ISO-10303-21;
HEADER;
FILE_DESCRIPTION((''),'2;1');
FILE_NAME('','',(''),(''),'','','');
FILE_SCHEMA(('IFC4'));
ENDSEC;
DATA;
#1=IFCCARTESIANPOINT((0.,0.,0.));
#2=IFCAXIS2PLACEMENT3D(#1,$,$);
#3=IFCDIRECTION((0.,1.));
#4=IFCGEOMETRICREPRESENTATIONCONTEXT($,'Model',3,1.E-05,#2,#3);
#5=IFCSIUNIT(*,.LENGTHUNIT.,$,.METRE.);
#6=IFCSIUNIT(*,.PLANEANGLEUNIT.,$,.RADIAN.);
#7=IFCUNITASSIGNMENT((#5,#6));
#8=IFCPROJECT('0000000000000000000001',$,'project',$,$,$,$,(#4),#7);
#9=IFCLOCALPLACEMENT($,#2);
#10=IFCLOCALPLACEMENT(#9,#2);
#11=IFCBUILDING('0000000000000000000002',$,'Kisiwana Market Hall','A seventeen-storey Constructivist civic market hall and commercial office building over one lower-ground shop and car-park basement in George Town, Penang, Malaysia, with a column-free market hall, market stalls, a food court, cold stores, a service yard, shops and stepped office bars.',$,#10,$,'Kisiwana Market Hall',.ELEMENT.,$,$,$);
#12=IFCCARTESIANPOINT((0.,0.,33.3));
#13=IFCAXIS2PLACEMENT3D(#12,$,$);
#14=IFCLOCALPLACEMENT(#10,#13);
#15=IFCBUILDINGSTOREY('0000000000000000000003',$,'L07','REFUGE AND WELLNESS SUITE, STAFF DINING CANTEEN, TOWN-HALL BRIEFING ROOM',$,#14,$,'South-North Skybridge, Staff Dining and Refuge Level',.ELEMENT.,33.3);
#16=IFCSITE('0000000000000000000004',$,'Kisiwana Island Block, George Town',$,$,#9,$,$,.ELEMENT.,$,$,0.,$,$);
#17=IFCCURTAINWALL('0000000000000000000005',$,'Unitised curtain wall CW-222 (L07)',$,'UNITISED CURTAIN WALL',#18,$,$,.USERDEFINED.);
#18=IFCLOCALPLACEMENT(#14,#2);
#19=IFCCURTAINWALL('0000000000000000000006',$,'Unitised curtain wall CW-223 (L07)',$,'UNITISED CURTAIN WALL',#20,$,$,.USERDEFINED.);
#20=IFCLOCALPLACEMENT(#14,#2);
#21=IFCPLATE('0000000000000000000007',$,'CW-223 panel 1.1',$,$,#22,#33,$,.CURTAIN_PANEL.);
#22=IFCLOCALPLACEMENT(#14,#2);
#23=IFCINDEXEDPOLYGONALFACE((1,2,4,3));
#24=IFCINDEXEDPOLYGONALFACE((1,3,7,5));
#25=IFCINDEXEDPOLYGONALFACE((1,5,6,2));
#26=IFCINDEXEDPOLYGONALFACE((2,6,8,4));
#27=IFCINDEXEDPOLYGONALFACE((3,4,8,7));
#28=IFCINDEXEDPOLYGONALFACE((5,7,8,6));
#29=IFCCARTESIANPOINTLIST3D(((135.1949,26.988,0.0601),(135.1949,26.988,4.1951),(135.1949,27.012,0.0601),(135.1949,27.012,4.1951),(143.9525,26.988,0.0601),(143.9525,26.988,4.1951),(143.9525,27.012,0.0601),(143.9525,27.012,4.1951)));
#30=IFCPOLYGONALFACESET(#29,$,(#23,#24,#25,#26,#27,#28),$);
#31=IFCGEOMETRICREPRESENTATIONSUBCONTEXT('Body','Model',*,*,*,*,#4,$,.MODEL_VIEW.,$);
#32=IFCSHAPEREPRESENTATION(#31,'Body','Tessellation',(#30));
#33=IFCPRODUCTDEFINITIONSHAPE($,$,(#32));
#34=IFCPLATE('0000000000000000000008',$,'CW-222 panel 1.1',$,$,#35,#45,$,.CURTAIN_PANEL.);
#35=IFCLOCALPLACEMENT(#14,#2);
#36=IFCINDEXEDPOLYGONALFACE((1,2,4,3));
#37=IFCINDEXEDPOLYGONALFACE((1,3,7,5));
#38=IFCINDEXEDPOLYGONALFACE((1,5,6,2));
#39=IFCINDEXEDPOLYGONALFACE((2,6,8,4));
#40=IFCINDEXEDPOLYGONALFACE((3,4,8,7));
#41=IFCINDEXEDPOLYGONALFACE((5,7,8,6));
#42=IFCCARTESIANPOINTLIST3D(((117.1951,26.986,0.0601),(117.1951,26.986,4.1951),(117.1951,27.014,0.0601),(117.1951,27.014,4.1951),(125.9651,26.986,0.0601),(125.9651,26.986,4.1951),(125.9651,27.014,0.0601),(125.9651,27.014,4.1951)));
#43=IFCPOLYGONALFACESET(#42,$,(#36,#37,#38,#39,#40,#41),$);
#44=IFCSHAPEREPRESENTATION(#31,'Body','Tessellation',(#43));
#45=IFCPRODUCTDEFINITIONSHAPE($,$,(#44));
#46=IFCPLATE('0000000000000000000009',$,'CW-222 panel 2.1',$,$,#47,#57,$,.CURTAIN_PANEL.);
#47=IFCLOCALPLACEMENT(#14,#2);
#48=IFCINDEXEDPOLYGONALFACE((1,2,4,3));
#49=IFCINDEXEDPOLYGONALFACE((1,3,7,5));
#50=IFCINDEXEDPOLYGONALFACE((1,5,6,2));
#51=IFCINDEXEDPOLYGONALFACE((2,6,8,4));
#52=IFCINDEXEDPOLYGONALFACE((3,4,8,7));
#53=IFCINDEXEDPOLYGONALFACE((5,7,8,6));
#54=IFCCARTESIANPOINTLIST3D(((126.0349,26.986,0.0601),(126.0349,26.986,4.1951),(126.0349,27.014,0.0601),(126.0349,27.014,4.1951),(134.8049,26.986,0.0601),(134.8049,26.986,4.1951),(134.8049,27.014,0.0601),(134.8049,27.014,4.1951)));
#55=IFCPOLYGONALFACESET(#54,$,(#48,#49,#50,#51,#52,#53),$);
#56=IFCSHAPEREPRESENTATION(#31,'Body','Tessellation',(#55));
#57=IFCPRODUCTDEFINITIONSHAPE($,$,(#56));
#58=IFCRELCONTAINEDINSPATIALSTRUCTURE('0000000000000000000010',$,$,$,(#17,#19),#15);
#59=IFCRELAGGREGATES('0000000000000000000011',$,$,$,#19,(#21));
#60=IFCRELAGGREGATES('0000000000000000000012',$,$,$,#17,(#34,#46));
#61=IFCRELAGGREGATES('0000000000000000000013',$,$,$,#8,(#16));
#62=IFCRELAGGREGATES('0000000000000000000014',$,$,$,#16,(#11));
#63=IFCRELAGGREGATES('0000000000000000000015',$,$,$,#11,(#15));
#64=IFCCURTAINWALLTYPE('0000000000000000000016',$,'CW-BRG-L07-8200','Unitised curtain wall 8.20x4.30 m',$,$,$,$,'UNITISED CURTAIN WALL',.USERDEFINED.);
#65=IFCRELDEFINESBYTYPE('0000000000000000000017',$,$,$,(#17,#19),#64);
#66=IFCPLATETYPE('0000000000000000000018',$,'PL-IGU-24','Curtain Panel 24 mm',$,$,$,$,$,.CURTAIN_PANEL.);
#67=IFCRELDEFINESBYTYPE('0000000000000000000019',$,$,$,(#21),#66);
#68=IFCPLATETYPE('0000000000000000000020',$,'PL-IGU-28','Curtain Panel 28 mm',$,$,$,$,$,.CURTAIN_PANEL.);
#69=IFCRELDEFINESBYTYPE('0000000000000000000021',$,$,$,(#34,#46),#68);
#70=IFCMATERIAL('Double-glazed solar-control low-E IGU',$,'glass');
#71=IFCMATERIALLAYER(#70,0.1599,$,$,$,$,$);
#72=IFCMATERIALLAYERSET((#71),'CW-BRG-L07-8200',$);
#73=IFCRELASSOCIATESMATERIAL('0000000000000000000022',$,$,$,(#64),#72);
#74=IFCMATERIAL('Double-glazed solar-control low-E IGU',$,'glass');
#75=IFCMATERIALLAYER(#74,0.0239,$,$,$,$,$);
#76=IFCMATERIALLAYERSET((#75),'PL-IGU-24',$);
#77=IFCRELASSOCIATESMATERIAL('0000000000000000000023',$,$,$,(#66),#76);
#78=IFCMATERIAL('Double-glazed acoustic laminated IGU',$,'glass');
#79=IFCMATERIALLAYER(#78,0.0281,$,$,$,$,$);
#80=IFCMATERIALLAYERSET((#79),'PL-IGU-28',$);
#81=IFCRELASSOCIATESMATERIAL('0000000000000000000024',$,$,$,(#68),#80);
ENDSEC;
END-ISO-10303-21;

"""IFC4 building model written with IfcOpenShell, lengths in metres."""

from ifc_helpers import new_model, si_unit, direction, frame, origin, origin_2d, place, context, subcontext, project, spatial, rectangle, extrude, material, layer, layer_set, type_object, element, aggregate, save


model = new_model("IFC4")

# Units and contexts
model_context = context("Model", 3, precision=1e-05, world=origin(), true_north=direction((0.0, 1.0)))
body_context = subcontext(model_context, "Body", "Model", "MODEL_VIEW")
ifc_project = project(units=[si_unit("LENGTHUNIT", "METRE"), si_unit("PLANEANGLEUNIT", "RADIAN")], contexts=[model_context])

# Site, building, storey
site_placement = place(None, origin())
site = spatial("IfcSite", under=ifc_project, at=site_placement, Name="Kisiwana Island Block, George Town", CompositionType="ELEMENT", RefElevation=0.0)
building_placement = place(site_placement, origin())
building = spatial("IfcBuilding", under=site, at=building_placement, Name="Kisiwana Market Hall", Description="A seventeen-storey Constructivist civic market hall and commercial office building over one lower-ground shop and car-park basement in George Town, Penang, Malaysia, with a column-free market hall, market stalls, a food court, cold stores, a service yard, shops and stepped office bars.", LongName="Kisiwana Market Hall", CompositionType="ELEMENT")
storey_placement = place(building_placement, frame((0.0, 0.0, 33.3)))
storey = spatial("IfcBuildingStorey", under=building, at=storey_placement, Name="L07", Description="REFUGE AND WELLNESS SUITE, STAFF DINING CANTEEN, TOWN-HALL BRIEFING ROOM", LongName="South-North Skybridge, Staff Dining and Refuge Level", CompositionType="ELEMENT", Elevation=33.3)

# Curtain walls
ifc_material_1 = material(Name="Double-glazed solar-control low-E IGU", Category="glass")
ifc_layer_1 = layer(ifc_material_1, 0.1599)
ifc_layer_set_1 = layer_set([ifc_layer_1], Name="CW-BRG-L07-8200")
curtain_wall_type = type_object("IfcCurtainWallType", Name="CW-BRG-L07-8200", Description="Unitised curtain wall 8.20x4.30 m", ElementType="UNITISED CURTAIN WALL", PredefinedType="USERDEFINED", material=ifc_layer_set_1)
curtain_wall_1_placement = place(storey_placement, origin())
curtain_wall_1 = element("IfcCurtainWall", 1, at=curtain_wall_1_placement, inside=storey, type_object=curtain_wall_type, Name="Unitised curtain wall CW-222 (L07)", ObjectType="UNITISED CURTAIN WALL", PredefinedType="USERDEFINED")
curtain_wall_2_placement = place(storey_placement, origin())
curtain_wall_2 = element("IfcCurtainWall", 2, at=curtain_wall_2_placement, inside=storey, type_object=curtain_wall_type, Name="Unitised curtain wall CW-223 (L07)", ObjectType="UNITISED CURTAIN WALL", PredefinedType="USERDEFINED")

# Plates
ifc_material_2 = material(Name="Double-glazed solar-control low-E IGU", Category="glass")
ifc_layer_2 = layer(ifc_material_2, 0.0239)
ifc_layer_set_2 = layer_set([ifc_layer_2], Name="PL-IGU-24")
plate_type_1 = type_object("IfcPlateType", Name="PL-IGU-24", Description="Curtain Panel 24 mm", PredefinedType="CURTAIN_PANEL", material=ifc_layer_set_2)
plate_1_placement = place(storey_placement, frame((139.5737, 27.0, 0.0601), z_axis=(0.0, 0.0, 1.0), x_axis=(1.0, 0.0, 0.0)))
plate_1 = element("IfcPlate", 3, at=plate_1_placement, type_object=plate_type_1, Name="CW-223 panel 1.1", PredefinedType="CURTAIN_PANEL", context=body_context, shape_type="SweptSolid", body=[
    extrude(rectangle(XDim=8.7576, YDim=0.0239, at=origin_2d()), origin(), (0.0, 0.0, 1.0), 4.135),
])
aggregate(curtain_wall_2, [plate_1])
ifc_material_3 = material(Name="Double-glazed acoustic laminated IGU", Category="glass")
ifc_layer_3 = layer(ifc_material_3, 0.0281)
ifc_layer_set_3 = layer_set([ifc_layer_3], Name="PL-IGU-28")
plate_type_2 = type_object("IfcPlateType", Name="PL-IGU-28", Description="Curtain Panel 28 mm", PredefinedType="CURTAIN_PANEL", material=ifc_layer_set_3)
plate_2_placement = place(storey_placement, frame((121.5801, 27.0, 0.0601), z_axis=(0.0, 0.0, 1.0), x_axis=(1.0, 0.0, 0.0)))
plate_2 = element("IfcPlate", 4, at=plate_2_placement, type_object=plate_type_2, Name="CW-222 panel 1.1", PredefinedType="CURTAIN_PANEL", context=body_context, shape_type="SweptSolid", body=[
    extrude(rectangle(XDim=8.77, YDim=0.0281, at=origin_2d()), origin(), (0.0, 0.0, 1.0), 4.135),
])
plate_3_placement = place(storey_placement, frame((130.4199, 27.0, 0.0601), z_axis=(0.0, 0.0, 1.0), x_axis=(1.0, 0.0, 0.0)))
plate_3 = element("IfcPlate", 5, at=plate_3_placement, type_object=plate_type_2, Name="CW-222 panel 2.1", PredefinedType="CURTAIN_PANEL", context=body_context, shape_type="SweptSolid", body=[
    extrude(rectangle(XDim=8.77, YDim=0.0281, at=origin_2d()), origin(), (0.0, 0.0, 1.0), 4.135),
])
aggregate(curtain_wall_1, [plate_2, plate_3])

save(model, "model.ifc")
